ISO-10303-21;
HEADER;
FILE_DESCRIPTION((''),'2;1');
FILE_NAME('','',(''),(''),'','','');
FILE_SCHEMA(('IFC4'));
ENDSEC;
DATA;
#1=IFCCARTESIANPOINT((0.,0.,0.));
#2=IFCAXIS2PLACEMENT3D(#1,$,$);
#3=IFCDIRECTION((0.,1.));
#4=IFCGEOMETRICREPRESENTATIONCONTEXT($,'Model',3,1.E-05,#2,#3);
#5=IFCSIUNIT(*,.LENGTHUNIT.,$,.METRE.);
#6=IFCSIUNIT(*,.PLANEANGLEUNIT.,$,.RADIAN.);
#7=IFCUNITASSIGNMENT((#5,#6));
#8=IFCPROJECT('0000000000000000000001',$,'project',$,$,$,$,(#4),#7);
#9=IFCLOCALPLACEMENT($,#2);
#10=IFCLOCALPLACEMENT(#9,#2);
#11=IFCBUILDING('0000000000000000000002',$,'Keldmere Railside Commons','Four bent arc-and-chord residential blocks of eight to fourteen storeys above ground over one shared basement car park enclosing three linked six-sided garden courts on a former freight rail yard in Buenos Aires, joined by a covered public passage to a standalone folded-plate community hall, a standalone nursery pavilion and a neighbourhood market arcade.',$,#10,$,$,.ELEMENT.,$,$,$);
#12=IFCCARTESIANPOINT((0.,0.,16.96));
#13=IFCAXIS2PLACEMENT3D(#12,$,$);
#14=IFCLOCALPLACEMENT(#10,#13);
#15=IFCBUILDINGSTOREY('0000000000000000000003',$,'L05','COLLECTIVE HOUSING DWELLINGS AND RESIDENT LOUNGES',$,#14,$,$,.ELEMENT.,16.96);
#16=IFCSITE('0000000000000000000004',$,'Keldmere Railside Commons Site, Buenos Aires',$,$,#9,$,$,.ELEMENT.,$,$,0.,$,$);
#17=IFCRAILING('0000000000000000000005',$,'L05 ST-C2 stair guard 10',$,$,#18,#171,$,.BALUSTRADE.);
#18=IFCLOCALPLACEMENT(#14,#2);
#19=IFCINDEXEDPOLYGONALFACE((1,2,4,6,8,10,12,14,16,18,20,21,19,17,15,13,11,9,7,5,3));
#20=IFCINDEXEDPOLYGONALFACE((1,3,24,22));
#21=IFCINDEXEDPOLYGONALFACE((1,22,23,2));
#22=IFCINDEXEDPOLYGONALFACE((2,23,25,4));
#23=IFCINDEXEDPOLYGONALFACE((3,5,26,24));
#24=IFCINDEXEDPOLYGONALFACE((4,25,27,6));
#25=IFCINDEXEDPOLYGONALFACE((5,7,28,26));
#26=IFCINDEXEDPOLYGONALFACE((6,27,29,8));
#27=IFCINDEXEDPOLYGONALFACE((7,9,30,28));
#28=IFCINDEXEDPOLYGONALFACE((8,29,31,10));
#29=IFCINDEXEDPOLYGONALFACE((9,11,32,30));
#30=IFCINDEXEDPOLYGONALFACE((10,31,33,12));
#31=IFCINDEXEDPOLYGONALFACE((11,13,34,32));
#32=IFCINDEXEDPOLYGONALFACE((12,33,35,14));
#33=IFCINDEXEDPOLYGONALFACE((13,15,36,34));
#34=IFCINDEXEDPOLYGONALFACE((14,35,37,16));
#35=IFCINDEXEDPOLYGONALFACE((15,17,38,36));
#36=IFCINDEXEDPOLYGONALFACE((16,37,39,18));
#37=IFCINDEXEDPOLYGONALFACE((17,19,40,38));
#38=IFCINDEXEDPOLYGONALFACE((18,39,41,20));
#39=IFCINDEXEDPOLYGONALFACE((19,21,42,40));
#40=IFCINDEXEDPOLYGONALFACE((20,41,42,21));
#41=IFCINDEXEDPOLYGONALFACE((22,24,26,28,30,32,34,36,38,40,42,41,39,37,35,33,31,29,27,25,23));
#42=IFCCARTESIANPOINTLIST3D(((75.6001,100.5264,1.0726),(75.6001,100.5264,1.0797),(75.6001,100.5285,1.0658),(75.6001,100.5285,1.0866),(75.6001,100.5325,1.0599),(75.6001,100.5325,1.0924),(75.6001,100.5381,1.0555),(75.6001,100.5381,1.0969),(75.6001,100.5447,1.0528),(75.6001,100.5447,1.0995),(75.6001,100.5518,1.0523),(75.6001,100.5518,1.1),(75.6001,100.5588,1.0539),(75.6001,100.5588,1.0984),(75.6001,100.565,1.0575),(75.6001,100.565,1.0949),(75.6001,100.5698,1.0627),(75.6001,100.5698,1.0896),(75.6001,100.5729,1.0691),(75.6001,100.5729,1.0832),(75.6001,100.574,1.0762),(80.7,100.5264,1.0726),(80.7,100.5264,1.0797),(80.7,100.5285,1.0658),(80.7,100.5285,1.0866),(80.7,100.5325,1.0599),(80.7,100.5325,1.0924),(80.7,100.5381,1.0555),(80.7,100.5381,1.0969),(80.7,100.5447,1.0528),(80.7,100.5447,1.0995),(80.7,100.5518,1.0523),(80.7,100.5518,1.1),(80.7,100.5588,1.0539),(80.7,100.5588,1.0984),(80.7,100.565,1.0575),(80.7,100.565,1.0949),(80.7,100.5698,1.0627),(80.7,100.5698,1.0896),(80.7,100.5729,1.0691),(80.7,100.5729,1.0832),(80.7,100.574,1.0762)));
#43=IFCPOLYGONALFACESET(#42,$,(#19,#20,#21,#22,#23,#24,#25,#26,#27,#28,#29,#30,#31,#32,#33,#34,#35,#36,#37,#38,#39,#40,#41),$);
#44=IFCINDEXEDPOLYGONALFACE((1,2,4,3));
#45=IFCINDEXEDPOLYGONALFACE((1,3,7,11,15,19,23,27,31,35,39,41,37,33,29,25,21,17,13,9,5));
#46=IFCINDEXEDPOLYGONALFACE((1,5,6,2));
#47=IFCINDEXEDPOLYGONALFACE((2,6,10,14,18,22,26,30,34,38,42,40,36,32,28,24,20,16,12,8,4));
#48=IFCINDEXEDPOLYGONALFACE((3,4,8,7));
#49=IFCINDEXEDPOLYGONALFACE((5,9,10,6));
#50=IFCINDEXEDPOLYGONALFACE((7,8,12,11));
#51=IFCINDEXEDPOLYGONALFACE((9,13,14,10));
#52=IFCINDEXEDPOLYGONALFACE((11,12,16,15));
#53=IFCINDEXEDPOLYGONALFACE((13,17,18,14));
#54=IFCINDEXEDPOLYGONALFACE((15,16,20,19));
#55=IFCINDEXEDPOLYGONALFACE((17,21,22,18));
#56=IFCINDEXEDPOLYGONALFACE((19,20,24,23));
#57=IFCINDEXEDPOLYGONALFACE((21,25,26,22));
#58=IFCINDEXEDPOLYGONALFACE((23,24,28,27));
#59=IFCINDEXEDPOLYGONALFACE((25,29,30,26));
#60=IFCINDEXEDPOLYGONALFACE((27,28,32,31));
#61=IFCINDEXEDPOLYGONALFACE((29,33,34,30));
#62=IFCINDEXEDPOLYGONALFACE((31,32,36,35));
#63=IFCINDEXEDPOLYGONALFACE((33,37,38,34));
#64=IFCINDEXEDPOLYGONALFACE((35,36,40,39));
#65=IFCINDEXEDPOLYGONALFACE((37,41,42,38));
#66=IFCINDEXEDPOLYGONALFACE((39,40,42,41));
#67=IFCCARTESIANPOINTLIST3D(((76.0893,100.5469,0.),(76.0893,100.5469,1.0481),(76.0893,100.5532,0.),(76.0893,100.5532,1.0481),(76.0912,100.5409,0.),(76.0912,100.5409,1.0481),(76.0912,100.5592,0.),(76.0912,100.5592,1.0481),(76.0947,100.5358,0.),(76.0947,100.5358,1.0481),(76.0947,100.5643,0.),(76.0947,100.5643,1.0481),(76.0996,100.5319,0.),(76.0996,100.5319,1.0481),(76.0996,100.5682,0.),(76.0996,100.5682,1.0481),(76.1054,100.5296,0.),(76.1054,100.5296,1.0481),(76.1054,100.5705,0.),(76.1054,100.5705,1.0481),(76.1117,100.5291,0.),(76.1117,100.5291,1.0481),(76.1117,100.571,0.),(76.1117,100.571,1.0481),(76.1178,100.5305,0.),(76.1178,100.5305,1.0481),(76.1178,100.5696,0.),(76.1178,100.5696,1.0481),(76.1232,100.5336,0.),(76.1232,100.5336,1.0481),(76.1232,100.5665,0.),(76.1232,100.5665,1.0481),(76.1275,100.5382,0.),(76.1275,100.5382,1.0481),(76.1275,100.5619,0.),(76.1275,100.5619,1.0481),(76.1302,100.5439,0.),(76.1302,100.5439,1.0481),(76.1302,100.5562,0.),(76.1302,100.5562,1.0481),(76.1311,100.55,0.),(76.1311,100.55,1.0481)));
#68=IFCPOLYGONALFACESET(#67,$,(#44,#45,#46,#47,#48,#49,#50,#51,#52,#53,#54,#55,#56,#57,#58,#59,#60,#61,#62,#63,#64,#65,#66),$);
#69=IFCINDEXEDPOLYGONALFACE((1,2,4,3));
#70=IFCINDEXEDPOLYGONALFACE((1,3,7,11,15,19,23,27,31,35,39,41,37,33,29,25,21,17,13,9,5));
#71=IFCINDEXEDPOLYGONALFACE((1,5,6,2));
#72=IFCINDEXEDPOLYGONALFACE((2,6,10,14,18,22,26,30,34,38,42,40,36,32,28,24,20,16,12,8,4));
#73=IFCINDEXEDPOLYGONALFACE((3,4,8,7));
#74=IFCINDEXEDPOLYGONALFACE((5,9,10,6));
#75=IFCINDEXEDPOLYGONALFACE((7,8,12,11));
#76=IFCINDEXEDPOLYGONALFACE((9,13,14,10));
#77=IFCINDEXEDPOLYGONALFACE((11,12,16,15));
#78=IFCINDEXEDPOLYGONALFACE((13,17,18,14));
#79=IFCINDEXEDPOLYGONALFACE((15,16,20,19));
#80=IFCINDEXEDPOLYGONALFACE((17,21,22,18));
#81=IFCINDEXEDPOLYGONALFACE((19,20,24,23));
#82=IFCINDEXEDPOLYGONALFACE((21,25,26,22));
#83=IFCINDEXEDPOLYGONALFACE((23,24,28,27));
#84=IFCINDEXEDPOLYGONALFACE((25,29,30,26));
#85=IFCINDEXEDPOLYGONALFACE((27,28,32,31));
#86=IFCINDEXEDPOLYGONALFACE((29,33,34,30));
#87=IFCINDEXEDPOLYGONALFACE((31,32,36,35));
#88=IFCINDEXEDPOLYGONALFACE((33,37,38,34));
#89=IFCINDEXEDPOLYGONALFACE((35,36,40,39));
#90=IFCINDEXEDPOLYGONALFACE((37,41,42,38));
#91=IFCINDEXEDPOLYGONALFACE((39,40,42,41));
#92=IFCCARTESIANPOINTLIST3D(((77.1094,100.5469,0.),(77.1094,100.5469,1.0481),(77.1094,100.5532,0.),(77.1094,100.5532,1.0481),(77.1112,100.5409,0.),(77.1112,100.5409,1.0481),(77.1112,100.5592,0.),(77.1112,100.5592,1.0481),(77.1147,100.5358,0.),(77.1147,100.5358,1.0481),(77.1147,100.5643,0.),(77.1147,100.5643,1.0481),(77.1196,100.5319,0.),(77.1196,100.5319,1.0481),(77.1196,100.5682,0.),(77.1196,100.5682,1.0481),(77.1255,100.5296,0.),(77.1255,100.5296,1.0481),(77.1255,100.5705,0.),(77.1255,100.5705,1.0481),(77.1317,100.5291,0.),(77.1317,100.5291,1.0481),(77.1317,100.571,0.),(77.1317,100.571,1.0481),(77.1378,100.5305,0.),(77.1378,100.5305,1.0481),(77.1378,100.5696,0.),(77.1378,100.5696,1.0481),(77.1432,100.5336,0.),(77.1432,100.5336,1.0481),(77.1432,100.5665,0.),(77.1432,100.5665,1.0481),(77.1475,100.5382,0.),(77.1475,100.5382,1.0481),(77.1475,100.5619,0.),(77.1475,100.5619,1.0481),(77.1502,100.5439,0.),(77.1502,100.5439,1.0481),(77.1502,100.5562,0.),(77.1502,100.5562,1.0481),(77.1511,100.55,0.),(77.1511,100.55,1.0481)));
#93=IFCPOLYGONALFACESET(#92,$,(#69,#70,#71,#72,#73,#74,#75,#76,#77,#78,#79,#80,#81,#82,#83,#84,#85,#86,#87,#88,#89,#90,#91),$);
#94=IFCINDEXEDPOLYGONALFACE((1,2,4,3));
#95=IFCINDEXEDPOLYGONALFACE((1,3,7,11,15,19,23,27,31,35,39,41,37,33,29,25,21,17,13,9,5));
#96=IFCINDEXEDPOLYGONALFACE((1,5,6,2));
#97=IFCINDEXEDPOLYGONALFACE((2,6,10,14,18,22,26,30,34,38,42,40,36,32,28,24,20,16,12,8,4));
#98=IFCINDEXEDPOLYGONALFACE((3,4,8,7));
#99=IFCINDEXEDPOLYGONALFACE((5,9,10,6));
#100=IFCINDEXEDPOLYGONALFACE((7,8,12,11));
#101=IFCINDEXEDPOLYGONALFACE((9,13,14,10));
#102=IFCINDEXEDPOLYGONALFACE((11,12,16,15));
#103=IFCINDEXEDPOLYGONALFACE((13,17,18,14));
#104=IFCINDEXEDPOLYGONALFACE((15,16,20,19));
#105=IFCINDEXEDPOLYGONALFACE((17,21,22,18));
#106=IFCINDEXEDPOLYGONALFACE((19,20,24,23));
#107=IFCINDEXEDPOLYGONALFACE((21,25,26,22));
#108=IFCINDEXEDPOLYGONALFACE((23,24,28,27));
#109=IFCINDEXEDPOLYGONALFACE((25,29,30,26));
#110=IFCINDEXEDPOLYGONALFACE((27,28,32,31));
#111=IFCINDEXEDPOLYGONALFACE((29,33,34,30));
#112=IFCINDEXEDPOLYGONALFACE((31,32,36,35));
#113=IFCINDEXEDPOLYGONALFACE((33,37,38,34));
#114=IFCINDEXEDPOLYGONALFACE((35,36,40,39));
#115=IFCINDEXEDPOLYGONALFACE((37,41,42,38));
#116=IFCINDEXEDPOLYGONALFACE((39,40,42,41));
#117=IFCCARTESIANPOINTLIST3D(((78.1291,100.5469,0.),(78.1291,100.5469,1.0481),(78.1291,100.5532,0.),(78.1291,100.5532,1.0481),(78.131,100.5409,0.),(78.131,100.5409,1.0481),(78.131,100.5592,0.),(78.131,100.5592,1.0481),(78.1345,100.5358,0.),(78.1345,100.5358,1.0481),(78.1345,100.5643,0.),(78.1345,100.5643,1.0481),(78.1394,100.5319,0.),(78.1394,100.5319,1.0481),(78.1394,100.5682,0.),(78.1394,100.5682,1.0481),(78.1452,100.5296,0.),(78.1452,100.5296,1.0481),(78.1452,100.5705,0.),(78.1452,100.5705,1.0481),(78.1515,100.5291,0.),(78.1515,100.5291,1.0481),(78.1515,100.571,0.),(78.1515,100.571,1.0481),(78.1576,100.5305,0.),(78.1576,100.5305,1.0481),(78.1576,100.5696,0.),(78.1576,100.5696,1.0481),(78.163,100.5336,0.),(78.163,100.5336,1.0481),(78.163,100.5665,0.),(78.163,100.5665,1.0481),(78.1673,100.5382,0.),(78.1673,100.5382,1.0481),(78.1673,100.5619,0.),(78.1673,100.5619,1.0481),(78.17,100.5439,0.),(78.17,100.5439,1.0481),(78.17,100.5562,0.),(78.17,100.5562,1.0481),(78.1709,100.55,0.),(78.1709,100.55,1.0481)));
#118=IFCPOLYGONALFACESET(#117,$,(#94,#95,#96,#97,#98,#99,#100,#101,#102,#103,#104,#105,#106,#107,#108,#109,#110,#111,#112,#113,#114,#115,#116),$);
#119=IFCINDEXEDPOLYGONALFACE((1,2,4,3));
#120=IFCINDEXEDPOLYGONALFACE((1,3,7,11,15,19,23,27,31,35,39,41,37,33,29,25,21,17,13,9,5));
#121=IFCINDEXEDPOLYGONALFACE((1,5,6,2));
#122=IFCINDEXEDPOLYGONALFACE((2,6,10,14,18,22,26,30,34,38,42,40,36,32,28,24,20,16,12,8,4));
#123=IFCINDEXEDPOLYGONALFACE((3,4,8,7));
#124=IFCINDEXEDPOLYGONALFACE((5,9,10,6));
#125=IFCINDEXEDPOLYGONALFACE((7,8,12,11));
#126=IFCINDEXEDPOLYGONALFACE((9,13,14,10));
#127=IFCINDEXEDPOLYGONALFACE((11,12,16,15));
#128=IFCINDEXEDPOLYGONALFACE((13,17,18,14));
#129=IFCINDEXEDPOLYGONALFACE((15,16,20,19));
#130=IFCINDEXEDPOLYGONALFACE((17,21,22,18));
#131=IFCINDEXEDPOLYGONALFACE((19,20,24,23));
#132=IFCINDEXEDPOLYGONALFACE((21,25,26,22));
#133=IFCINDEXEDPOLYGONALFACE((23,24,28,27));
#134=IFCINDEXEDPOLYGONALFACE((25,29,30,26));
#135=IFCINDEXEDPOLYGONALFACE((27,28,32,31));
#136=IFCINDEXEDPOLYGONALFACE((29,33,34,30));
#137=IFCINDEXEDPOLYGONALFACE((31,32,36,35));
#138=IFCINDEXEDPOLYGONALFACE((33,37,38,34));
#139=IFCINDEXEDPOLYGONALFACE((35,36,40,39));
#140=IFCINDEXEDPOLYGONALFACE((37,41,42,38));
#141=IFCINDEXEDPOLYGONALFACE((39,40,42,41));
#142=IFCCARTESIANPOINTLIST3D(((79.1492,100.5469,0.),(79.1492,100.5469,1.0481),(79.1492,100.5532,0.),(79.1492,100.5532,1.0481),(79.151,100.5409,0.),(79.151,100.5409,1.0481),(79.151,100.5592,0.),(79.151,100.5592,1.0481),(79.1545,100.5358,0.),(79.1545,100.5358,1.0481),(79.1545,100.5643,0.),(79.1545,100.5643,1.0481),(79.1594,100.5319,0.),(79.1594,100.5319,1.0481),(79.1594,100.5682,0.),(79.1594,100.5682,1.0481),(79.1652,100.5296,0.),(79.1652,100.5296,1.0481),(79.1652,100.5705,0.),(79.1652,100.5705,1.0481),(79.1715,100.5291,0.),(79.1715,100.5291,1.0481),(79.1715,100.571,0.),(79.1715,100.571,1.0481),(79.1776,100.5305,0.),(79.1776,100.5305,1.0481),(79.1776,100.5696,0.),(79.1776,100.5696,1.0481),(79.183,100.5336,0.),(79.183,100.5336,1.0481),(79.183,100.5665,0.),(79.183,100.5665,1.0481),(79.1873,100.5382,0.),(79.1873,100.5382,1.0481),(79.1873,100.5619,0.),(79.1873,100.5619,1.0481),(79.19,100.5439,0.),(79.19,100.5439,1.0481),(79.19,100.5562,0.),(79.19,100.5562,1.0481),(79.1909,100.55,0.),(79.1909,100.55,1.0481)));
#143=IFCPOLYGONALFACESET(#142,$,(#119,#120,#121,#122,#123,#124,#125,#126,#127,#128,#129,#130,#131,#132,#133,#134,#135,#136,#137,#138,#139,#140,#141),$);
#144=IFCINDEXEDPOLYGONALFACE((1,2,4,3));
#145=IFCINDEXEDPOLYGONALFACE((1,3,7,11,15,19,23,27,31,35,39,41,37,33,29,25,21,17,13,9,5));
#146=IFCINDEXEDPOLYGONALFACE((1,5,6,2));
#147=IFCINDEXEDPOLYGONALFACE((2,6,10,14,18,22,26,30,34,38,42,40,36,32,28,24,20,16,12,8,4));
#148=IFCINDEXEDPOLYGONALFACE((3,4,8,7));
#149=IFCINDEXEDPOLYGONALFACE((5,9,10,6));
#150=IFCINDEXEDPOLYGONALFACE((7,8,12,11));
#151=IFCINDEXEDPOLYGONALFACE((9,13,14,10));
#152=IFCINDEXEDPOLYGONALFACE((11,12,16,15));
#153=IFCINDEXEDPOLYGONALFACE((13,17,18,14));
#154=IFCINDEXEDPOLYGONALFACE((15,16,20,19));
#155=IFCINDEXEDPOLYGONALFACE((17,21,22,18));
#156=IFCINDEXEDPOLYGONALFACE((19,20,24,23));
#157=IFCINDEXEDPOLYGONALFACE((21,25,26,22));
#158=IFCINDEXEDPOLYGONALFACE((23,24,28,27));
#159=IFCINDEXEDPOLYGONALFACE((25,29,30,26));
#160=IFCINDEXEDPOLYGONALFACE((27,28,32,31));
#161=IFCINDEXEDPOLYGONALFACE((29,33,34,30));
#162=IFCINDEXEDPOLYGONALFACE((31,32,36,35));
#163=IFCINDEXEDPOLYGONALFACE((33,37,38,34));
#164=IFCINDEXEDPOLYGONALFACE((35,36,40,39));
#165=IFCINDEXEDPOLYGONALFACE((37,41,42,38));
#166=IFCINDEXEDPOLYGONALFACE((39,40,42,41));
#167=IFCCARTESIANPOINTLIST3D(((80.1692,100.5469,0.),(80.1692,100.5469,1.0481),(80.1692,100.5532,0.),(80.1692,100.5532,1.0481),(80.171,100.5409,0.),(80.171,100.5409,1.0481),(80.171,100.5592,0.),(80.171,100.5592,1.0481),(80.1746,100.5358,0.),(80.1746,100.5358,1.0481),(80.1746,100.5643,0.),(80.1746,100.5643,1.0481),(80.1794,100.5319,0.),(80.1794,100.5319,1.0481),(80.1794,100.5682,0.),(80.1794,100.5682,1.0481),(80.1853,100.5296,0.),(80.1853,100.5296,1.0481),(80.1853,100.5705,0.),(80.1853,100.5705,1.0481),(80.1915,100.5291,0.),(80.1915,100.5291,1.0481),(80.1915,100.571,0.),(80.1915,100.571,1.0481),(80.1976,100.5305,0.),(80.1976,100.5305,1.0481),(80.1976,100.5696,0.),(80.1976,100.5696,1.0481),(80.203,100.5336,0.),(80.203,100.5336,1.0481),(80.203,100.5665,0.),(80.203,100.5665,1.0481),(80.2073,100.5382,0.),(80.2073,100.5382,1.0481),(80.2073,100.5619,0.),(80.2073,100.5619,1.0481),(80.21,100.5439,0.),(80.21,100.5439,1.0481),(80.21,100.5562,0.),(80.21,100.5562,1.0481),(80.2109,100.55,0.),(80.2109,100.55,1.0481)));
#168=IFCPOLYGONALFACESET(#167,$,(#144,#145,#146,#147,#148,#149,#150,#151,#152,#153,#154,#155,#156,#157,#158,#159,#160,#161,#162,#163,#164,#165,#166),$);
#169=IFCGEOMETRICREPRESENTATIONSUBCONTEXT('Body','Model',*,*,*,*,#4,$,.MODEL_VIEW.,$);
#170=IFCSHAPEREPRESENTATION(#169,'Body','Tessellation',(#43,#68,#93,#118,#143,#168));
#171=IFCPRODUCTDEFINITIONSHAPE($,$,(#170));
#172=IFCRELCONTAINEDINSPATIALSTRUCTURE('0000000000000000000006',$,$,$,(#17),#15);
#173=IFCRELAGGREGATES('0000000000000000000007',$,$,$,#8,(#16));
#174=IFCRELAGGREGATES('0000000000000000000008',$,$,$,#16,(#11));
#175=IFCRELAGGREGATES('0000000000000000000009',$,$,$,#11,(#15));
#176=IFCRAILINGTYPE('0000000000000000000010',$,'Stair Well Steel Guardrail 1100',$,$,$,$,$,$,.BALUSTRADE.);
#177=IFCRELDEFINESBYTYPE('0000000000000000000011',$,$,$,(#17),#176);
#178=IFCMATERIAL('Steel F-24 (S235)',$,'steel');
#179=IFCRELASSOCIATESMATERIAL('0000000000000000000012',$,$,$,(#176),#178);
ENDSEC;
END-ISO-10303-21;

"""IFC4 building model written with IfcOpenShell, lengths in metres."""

from ifc_helpers import new_model, si_unit, direction, frame, origin, origin_2d, place, context, subcontext, project, spatial, circle, extrude, material, type_object, element, save


model = new_model("IFC4")

# Units and contexts
model_context = context("Model", 3, precision=1e-05, world=origin(), true_north=direction((0.0, 1.0)))
body_context = subcontext(model_context, "Body", "Model", "MODEL_VIEW")
ifc_project = project(units=[si_unit("LENGTHUNIT", "METRE"), si_unit("PLANEANGLEUNIT", "RADIAN")], contexts=[model_context])

# Site, building, storey
site_placement = place(None, origin())
site = spatial("IfcSite", under=ifc_project, at=site_placement, Name="Keldmere Railside Commons Site, Buenos Aires", CompositionType="ELEMENT", RefElevation=0.0)
building_placement = place(site_placement, origin())
building = spatial("IfcBuilding", under=site, at=building_placement, Name="Keldmere Railside Commons", Description="Four bent arc-and-chord residential blocks of eight to fourteen storeys above ground over one shared basement car park enclosing three linked six-sided garden courts on a former freight rail yard in Buenos Aires, joined by a covered public passage to a standalone folded-plate community hall, a standalone nursery pavilion and a neighbourhood market arcade.", CompositionType="ELEMENT")
storey_placement = place(building_placement, frame((0.0, 0.0, 16.96)))
storey = spatial("IfcBuildingStorey", under=building, at=storey_placement, Name="L05", Description="COLLECTIVE HOUSING DWELLINGS AND RESIDENT LOUNGES", CompositionType="ELEMENT", Elevation=16.96)

# Railing
ifc_material_1 = material(Name="Steel F-24 (S235)", Category="steel")
railing_type_1 = type_object("IfcRailingType", Name="Stair Well Steel Guardrail 1100", PredefinedType="BALUSTRADE", material=ifc_material_1)
railing_1_placement = place(storey_placement, frame((75.6001, 100.55, 0.0)))
element("IfcRailing", 1, at=railing_1_placement, inside=storey, type_object=railing_type_1, Name="L05 ST-C2 stair guard 10", PredefinedType="BALUSTRADE", context=body_context, shape_type="SweptSolid", body=[
    extrude(circle(Radius=0.0239, at=origin_2d()), frame((0.0, 0.0, 1.0762), z_axis=(1.0, 0.0, 0.0), x_axis=(0.0, 1.0, 0.0)), (0.0, 0.0, 1.0), 5.0999),
    extrude(circle(Radius=0.021, at=origin_2d()), frame((0.51, 0.0, 0.0)), (0.0, 0.0, 1.0), 1.0481),
    extrude(circle(Radius=0.021, at=origin_2d()), frame((1.53, 0.0, 0.0)), (0.0, 0.0, 1.0), 1.0481),
    extrude(circle(Radius=0.021, at=origin_2d()), frame((2.5498, 0.0, 0.0)), (0.0, 0.0, 1.0), 1.0481),
    extrude(circle(Radius=0.021, at=origin_2d()), frame((3.5698, 0.0, 0.0)), (0.0, 0.0, 1.0), 1.0481),
    extrude(circle(Radius=0.021, at=origin_2d()), frame((4.5898, 0.0, 0.0)), (0.0, 0.0, 1.0), 1.0481),
])

save(model, "model.ifc")
